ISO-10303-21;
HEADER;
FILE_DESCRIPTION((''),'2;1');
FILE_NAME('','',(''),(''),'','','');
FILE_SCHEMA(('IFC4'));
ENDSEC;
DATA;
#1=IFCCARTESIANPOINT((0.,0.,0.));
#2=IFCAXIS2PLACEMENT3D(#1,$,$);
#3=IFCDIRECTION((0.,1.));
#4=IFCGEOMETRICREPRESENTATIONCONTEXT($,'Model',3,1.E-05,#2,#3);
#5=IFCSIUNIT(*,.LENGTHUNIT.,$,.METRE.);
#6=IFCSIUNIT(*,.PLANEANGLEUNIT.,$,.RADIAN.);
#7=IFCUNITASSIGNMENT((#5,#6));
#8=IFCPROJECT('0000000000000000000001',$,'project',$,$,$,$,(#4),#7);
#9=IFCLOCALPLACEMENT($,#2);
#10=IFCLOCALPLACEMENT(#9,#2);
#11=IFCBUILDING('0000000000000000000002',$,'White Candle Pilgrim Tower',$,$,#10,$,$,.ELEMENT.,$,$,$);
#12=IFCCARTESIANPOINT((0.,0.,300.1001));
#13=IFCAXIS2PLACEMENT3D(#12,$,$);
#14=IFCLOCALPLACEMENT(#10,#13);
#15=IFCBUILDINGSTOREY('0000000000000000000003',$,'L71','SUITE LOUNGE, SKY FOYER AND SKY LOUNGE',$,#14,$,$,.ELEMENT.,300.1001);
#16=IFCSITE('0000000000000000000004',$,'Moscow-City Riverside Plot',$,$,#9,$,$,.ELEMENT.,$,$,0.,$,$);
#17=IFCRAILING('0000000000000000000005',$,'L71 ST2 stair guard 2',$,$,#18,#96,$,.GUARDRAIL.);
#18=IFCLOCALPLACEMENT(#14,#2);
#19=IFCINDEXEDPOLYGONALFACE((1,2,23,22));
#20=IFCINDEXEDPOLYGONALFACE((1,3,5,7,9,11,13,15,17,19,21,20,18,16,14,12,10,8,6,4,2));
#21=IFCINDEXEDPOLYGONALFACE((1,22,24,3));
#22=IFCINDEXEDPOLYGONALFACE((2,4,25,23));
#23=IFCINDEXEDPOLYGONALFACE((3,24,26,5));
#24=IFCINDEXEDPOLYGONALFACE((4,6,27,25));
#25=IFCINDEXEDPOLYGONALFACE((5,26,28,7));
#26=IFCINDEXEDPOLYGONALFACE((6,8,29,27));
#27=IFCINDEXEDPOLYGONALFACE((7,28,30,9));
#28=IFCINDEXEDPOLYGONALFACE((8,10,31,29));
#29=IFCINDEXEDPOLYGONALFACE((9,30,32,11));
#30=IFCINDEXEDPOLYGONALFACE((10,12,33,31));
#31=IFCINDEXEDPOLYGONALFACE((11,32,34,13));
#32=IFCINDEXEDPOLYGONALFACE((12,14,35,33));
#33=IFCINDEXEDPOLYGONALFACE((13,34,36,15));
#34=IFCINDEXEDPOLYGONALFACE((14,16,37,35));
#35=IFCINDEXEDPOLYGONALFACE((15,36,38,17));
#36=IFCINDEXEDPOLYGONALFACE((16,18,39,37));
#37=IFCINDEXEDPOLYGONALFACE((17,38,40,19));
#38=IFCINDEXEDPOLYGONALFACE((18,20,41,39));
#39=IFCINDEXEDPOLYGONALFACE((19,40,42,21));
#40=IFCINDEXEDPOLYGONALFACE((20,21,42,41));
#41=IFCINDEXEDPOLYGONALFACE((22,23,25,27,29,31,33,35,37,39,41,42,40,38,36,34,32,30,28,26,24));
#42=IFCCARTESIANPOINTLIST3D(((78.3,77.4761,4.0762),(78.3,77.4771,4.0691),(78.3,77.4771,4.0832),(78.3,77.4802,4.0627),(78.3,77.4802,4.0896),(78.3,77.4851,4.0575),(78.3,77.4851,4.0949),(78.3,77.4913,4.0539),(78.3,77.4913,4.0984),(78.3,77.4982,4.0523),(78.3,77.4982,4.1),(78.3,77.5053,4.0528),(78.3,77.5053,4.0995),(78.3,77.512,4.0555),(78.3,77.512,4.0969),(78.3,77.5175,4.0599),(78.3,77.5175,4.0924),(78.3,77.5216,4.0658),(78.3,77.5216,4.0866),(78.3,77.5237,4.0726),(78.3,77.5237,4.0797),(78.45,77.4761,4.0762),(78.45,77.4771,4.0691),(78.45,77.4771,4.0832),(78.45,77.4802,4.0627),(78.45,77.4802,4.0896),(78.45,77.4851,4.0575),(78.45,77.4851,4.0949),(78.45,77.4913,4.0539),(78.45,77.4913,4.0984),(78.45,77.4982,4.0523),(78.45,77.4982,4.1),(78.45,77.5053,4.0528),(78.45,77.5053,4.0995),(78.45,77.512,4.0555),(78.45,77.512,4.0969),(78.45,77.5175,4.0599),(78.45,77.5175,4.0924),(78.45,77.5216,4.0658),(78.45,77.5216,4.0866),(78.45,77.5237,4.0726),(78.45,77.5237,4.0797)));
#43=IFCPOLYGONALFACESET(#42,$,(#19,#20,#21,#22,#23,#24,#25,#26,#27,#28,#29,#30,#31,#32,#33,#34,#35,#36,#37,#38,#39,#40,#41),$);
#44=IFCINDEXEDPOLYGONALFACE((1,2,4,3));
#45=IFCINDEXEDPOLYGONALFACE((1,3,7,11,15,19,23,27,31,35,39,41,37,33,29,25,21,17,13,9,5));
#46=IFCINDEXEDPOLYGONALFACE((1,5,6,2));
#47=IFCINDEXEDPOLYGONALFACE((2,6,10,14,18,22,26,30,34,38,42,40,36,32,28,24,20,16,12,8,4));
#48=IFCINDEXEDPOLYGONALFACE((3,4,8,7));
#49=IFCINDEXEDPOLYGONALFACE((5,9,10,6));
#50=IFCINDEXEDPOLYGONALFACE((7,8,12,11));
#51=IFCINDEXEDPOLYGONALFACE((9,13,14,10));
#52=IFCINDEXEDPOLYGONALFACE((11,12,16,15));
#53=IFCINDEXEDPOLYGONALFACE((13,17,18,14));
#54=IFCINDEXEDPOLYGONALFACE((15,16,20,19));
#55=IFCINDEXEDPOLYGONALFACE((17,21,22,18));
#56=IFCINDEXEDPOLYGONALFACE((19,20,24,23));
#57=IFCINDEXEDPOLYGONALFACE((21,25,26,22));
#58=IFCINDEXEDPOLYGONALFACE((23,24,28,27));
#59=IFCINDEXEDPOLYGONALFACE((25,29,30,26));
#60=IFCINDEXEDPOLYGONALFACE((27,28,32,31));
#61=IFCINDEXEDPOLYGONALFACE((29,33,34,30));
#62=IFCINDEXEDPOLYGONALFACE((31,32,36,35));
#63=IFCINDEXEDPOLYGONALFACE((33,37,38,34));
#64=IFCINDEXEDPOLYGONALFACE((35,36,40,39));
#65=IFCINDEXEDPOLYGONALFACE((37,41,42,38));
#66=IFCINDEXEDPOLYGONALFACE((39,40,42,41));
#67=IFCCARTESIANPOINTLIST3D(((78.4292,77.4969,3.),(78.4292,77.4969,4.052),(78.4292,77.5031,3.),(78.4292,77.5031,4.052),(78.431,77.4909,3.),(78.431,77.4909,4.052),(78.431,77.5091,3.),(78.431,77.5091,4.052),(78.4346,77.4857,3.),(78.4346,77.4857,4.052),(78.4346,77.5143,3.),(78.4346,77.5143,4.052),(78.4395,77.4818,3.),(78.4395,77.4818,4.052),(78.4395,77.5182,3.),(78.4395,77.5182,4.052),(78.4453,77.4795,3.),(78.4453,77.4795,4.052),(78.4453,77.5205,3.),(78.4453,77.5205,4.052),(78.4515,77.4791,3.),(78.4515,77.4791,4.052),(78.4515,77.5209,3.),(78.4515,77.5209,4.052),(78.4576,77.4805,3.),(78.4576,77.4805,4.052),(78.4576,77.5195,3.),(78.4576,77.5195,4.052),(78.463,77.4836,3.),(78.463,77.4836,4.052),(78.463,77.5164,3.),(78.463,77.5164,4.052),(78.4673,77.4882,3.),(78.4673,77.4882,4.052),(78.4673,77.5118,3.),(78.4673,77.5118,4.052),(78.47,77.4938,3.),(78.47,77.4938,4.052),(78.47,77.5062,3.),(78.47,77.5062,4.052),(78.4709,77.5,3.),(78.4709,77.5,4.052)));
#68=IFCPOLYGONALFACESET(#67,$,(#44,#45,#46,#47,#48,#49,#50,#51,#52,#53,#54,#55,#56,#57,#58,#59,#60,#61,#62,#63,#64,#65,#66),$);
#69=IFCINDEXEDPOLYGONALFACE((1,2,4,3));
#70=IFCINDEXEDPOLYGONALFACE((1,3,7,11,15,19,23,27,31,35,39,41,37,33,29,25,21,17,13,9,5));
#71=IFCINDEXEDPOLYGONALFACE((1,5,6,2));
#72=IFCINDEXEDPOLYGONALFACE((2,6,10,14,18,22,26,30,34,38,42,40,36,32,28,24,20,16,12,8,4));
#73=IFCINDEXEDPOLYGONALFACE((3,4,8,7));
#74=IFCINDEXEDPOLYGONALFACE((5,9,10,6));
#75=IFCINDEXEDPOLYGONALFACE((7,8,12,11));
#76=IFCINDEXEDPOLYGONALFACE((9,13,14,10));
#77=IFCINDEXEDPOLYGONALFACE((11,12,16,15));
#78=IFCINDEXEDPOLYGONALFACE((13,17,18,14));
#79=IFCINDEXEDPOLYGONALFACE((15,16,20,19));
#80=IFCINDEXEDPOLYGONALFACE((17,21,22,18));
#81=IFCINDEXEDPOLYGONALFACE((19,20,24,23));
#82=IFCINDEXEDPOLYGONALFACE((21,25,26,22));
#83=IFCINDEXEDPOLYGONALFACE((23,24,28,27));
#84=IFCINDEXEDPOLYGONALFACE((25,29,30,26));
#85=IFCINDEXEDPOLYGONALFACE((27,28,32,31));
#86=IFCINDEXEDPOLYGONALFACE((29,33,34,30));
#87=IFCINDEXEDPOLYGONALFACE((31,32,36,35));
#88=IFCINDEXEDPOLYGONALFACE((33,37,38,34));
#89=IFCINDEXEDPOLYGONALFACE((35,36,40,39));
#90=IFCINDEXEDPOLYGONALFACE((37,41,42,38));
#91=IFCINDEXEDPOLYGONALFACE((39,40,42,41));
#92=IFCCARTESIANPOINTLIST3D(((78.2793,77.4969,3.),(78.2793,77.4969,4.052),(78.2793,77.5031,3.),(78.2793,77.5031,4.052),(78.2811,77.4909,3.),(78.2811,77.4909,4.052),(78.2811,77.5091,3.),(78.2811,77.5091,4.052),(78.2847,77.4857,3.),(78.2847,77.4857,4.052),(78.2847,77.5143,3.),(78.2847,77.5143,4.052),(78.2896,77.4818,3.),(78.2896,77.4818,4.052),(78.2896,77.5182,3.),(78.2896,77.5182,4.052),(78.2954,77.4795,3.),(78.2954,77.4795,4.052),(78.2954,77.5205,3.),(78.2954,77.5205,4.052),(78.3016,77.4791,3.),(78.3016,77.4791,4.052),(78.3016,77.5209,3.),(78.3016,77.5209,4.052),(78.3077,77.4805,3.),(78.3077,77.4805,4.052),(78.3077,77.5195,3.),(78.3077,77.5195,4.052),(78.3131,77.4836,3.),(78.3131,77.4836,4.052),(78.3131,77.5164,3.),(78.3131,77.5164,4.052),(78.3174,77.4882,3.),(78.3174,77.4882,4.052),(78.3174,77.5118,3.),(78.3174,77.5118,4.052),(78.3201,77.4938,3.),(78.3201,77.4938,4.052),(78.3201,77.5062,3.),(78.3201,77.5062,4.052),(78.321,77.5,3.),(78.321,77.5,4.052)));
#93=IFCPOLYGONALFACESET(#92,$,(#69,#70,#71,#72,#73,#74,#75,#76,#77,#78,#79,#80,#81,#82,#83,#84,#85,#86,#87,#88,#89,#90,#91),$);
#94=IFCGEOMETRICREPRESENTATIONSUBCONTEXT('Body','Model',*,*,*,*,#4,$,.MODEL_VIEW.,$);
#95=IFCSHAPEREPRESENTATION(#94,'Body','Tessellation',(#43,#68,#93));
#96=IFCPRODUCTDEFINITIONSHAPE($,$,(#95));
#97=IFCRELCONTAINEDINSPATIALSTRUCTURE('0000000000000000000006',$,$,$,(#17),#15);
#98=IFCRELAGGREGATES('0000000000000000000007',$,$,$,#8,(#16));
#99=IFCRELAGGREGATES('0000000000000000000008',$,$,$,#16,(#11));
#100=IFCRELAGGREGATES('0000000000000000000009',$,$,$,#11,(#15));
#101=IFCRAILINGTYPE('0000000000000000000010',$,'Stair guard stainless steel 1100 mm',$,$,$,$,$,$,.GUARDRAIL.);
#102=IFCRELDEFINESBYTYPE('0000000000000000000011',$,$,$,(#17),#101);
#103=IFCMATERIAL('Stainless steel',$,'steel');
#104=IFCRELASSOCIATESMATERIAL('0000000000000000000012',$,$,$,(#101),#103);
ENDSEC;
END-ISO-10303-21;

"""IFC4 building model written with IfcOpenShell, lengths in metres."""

from ifc_helpers import new_model, si_unit, direction, frame, origin, origin_2d, place, context, subcontext, project, spatial, circle, extrude, material, type_object, element, save


model = new_model("IFC4")

# Units and contexts
model_context = context("Model", 3, precision=1e-05, world=origin(), true_north=direction((0.0, 1.0)))
body_context = subcontext(model_context, "Body", "Model", "MODEL_VIEW")
ifc_project = project(units=[si_unit("LENGTHUNIT", "METRE"), si_unit("PLANEANGLEUNIT", "RADIAN")], contexts=[model_context])

# Site, building, storey
site_placement = place(None, origin())
site = spatial("IfcSite", under=ifc_project, at=site_placement, Name="Moscow-City Riverside Plot", CompositionType="ELEMENT", RefElevation=0.0)
building_placement = place(site_placement, origin())
building = spatial("IfcBuilding", under=site, at=building_placement, Name="White Candle Pilgrim Tower", CompositionType="ELEMENT")
storey_placement = place(building_placement, frame((0.0, 0.0, 300.1001)))
storey = spatial("IfcBuildingStorey", under=building, at=storey_placement, Name="L71", Description="SUITE LOUNGE, SKY FOYER AND SKY LOUNGE", CompositionType="ELEMENT", Elevation=300.1001)

# Railing
ifc_material_1 = material(Name="Stainless steel", Category="steel")
railing_type_1 = type_object("IfcRailingType", Name="Stair guard stainless steel 1100 mm", PredefinedType="GUARDRAIL", material=ifc_material_1)
railing_1_placement = place(storey_placement, frame((78.45, 77.5, 3.0)))
element("IfcRailing", 1, at=railing_1_placement, inside=storey, type_object=railing_type_1, Name="L71 ST2 stair guard 2", PredefinedType="GUARDRAIL", context=body_context, shape_type="SweptSolid", body=[
    extrude(circle(Radius=0.0239, at=origin_2d()), frame((0.0, 0.0, 1.0762), z_axis=(-1.0, 0.0, 0.0), x_axis=(0.0, -1.0, 0.0)), (0.0, 0.0, 1.0), 0.1499),
    extrude(circle(Radius=0.021, at=origin_2d()), origin(), (0.0, 0.0, 1.0), 1.052),
    extrude(circle(Radius=0.021, at=origin_2d()), frame((-0.1499, 0.0, 0.0)), (0.0, 0.0, 1.0), 1.052),
])

save(model, "model.ifc")
